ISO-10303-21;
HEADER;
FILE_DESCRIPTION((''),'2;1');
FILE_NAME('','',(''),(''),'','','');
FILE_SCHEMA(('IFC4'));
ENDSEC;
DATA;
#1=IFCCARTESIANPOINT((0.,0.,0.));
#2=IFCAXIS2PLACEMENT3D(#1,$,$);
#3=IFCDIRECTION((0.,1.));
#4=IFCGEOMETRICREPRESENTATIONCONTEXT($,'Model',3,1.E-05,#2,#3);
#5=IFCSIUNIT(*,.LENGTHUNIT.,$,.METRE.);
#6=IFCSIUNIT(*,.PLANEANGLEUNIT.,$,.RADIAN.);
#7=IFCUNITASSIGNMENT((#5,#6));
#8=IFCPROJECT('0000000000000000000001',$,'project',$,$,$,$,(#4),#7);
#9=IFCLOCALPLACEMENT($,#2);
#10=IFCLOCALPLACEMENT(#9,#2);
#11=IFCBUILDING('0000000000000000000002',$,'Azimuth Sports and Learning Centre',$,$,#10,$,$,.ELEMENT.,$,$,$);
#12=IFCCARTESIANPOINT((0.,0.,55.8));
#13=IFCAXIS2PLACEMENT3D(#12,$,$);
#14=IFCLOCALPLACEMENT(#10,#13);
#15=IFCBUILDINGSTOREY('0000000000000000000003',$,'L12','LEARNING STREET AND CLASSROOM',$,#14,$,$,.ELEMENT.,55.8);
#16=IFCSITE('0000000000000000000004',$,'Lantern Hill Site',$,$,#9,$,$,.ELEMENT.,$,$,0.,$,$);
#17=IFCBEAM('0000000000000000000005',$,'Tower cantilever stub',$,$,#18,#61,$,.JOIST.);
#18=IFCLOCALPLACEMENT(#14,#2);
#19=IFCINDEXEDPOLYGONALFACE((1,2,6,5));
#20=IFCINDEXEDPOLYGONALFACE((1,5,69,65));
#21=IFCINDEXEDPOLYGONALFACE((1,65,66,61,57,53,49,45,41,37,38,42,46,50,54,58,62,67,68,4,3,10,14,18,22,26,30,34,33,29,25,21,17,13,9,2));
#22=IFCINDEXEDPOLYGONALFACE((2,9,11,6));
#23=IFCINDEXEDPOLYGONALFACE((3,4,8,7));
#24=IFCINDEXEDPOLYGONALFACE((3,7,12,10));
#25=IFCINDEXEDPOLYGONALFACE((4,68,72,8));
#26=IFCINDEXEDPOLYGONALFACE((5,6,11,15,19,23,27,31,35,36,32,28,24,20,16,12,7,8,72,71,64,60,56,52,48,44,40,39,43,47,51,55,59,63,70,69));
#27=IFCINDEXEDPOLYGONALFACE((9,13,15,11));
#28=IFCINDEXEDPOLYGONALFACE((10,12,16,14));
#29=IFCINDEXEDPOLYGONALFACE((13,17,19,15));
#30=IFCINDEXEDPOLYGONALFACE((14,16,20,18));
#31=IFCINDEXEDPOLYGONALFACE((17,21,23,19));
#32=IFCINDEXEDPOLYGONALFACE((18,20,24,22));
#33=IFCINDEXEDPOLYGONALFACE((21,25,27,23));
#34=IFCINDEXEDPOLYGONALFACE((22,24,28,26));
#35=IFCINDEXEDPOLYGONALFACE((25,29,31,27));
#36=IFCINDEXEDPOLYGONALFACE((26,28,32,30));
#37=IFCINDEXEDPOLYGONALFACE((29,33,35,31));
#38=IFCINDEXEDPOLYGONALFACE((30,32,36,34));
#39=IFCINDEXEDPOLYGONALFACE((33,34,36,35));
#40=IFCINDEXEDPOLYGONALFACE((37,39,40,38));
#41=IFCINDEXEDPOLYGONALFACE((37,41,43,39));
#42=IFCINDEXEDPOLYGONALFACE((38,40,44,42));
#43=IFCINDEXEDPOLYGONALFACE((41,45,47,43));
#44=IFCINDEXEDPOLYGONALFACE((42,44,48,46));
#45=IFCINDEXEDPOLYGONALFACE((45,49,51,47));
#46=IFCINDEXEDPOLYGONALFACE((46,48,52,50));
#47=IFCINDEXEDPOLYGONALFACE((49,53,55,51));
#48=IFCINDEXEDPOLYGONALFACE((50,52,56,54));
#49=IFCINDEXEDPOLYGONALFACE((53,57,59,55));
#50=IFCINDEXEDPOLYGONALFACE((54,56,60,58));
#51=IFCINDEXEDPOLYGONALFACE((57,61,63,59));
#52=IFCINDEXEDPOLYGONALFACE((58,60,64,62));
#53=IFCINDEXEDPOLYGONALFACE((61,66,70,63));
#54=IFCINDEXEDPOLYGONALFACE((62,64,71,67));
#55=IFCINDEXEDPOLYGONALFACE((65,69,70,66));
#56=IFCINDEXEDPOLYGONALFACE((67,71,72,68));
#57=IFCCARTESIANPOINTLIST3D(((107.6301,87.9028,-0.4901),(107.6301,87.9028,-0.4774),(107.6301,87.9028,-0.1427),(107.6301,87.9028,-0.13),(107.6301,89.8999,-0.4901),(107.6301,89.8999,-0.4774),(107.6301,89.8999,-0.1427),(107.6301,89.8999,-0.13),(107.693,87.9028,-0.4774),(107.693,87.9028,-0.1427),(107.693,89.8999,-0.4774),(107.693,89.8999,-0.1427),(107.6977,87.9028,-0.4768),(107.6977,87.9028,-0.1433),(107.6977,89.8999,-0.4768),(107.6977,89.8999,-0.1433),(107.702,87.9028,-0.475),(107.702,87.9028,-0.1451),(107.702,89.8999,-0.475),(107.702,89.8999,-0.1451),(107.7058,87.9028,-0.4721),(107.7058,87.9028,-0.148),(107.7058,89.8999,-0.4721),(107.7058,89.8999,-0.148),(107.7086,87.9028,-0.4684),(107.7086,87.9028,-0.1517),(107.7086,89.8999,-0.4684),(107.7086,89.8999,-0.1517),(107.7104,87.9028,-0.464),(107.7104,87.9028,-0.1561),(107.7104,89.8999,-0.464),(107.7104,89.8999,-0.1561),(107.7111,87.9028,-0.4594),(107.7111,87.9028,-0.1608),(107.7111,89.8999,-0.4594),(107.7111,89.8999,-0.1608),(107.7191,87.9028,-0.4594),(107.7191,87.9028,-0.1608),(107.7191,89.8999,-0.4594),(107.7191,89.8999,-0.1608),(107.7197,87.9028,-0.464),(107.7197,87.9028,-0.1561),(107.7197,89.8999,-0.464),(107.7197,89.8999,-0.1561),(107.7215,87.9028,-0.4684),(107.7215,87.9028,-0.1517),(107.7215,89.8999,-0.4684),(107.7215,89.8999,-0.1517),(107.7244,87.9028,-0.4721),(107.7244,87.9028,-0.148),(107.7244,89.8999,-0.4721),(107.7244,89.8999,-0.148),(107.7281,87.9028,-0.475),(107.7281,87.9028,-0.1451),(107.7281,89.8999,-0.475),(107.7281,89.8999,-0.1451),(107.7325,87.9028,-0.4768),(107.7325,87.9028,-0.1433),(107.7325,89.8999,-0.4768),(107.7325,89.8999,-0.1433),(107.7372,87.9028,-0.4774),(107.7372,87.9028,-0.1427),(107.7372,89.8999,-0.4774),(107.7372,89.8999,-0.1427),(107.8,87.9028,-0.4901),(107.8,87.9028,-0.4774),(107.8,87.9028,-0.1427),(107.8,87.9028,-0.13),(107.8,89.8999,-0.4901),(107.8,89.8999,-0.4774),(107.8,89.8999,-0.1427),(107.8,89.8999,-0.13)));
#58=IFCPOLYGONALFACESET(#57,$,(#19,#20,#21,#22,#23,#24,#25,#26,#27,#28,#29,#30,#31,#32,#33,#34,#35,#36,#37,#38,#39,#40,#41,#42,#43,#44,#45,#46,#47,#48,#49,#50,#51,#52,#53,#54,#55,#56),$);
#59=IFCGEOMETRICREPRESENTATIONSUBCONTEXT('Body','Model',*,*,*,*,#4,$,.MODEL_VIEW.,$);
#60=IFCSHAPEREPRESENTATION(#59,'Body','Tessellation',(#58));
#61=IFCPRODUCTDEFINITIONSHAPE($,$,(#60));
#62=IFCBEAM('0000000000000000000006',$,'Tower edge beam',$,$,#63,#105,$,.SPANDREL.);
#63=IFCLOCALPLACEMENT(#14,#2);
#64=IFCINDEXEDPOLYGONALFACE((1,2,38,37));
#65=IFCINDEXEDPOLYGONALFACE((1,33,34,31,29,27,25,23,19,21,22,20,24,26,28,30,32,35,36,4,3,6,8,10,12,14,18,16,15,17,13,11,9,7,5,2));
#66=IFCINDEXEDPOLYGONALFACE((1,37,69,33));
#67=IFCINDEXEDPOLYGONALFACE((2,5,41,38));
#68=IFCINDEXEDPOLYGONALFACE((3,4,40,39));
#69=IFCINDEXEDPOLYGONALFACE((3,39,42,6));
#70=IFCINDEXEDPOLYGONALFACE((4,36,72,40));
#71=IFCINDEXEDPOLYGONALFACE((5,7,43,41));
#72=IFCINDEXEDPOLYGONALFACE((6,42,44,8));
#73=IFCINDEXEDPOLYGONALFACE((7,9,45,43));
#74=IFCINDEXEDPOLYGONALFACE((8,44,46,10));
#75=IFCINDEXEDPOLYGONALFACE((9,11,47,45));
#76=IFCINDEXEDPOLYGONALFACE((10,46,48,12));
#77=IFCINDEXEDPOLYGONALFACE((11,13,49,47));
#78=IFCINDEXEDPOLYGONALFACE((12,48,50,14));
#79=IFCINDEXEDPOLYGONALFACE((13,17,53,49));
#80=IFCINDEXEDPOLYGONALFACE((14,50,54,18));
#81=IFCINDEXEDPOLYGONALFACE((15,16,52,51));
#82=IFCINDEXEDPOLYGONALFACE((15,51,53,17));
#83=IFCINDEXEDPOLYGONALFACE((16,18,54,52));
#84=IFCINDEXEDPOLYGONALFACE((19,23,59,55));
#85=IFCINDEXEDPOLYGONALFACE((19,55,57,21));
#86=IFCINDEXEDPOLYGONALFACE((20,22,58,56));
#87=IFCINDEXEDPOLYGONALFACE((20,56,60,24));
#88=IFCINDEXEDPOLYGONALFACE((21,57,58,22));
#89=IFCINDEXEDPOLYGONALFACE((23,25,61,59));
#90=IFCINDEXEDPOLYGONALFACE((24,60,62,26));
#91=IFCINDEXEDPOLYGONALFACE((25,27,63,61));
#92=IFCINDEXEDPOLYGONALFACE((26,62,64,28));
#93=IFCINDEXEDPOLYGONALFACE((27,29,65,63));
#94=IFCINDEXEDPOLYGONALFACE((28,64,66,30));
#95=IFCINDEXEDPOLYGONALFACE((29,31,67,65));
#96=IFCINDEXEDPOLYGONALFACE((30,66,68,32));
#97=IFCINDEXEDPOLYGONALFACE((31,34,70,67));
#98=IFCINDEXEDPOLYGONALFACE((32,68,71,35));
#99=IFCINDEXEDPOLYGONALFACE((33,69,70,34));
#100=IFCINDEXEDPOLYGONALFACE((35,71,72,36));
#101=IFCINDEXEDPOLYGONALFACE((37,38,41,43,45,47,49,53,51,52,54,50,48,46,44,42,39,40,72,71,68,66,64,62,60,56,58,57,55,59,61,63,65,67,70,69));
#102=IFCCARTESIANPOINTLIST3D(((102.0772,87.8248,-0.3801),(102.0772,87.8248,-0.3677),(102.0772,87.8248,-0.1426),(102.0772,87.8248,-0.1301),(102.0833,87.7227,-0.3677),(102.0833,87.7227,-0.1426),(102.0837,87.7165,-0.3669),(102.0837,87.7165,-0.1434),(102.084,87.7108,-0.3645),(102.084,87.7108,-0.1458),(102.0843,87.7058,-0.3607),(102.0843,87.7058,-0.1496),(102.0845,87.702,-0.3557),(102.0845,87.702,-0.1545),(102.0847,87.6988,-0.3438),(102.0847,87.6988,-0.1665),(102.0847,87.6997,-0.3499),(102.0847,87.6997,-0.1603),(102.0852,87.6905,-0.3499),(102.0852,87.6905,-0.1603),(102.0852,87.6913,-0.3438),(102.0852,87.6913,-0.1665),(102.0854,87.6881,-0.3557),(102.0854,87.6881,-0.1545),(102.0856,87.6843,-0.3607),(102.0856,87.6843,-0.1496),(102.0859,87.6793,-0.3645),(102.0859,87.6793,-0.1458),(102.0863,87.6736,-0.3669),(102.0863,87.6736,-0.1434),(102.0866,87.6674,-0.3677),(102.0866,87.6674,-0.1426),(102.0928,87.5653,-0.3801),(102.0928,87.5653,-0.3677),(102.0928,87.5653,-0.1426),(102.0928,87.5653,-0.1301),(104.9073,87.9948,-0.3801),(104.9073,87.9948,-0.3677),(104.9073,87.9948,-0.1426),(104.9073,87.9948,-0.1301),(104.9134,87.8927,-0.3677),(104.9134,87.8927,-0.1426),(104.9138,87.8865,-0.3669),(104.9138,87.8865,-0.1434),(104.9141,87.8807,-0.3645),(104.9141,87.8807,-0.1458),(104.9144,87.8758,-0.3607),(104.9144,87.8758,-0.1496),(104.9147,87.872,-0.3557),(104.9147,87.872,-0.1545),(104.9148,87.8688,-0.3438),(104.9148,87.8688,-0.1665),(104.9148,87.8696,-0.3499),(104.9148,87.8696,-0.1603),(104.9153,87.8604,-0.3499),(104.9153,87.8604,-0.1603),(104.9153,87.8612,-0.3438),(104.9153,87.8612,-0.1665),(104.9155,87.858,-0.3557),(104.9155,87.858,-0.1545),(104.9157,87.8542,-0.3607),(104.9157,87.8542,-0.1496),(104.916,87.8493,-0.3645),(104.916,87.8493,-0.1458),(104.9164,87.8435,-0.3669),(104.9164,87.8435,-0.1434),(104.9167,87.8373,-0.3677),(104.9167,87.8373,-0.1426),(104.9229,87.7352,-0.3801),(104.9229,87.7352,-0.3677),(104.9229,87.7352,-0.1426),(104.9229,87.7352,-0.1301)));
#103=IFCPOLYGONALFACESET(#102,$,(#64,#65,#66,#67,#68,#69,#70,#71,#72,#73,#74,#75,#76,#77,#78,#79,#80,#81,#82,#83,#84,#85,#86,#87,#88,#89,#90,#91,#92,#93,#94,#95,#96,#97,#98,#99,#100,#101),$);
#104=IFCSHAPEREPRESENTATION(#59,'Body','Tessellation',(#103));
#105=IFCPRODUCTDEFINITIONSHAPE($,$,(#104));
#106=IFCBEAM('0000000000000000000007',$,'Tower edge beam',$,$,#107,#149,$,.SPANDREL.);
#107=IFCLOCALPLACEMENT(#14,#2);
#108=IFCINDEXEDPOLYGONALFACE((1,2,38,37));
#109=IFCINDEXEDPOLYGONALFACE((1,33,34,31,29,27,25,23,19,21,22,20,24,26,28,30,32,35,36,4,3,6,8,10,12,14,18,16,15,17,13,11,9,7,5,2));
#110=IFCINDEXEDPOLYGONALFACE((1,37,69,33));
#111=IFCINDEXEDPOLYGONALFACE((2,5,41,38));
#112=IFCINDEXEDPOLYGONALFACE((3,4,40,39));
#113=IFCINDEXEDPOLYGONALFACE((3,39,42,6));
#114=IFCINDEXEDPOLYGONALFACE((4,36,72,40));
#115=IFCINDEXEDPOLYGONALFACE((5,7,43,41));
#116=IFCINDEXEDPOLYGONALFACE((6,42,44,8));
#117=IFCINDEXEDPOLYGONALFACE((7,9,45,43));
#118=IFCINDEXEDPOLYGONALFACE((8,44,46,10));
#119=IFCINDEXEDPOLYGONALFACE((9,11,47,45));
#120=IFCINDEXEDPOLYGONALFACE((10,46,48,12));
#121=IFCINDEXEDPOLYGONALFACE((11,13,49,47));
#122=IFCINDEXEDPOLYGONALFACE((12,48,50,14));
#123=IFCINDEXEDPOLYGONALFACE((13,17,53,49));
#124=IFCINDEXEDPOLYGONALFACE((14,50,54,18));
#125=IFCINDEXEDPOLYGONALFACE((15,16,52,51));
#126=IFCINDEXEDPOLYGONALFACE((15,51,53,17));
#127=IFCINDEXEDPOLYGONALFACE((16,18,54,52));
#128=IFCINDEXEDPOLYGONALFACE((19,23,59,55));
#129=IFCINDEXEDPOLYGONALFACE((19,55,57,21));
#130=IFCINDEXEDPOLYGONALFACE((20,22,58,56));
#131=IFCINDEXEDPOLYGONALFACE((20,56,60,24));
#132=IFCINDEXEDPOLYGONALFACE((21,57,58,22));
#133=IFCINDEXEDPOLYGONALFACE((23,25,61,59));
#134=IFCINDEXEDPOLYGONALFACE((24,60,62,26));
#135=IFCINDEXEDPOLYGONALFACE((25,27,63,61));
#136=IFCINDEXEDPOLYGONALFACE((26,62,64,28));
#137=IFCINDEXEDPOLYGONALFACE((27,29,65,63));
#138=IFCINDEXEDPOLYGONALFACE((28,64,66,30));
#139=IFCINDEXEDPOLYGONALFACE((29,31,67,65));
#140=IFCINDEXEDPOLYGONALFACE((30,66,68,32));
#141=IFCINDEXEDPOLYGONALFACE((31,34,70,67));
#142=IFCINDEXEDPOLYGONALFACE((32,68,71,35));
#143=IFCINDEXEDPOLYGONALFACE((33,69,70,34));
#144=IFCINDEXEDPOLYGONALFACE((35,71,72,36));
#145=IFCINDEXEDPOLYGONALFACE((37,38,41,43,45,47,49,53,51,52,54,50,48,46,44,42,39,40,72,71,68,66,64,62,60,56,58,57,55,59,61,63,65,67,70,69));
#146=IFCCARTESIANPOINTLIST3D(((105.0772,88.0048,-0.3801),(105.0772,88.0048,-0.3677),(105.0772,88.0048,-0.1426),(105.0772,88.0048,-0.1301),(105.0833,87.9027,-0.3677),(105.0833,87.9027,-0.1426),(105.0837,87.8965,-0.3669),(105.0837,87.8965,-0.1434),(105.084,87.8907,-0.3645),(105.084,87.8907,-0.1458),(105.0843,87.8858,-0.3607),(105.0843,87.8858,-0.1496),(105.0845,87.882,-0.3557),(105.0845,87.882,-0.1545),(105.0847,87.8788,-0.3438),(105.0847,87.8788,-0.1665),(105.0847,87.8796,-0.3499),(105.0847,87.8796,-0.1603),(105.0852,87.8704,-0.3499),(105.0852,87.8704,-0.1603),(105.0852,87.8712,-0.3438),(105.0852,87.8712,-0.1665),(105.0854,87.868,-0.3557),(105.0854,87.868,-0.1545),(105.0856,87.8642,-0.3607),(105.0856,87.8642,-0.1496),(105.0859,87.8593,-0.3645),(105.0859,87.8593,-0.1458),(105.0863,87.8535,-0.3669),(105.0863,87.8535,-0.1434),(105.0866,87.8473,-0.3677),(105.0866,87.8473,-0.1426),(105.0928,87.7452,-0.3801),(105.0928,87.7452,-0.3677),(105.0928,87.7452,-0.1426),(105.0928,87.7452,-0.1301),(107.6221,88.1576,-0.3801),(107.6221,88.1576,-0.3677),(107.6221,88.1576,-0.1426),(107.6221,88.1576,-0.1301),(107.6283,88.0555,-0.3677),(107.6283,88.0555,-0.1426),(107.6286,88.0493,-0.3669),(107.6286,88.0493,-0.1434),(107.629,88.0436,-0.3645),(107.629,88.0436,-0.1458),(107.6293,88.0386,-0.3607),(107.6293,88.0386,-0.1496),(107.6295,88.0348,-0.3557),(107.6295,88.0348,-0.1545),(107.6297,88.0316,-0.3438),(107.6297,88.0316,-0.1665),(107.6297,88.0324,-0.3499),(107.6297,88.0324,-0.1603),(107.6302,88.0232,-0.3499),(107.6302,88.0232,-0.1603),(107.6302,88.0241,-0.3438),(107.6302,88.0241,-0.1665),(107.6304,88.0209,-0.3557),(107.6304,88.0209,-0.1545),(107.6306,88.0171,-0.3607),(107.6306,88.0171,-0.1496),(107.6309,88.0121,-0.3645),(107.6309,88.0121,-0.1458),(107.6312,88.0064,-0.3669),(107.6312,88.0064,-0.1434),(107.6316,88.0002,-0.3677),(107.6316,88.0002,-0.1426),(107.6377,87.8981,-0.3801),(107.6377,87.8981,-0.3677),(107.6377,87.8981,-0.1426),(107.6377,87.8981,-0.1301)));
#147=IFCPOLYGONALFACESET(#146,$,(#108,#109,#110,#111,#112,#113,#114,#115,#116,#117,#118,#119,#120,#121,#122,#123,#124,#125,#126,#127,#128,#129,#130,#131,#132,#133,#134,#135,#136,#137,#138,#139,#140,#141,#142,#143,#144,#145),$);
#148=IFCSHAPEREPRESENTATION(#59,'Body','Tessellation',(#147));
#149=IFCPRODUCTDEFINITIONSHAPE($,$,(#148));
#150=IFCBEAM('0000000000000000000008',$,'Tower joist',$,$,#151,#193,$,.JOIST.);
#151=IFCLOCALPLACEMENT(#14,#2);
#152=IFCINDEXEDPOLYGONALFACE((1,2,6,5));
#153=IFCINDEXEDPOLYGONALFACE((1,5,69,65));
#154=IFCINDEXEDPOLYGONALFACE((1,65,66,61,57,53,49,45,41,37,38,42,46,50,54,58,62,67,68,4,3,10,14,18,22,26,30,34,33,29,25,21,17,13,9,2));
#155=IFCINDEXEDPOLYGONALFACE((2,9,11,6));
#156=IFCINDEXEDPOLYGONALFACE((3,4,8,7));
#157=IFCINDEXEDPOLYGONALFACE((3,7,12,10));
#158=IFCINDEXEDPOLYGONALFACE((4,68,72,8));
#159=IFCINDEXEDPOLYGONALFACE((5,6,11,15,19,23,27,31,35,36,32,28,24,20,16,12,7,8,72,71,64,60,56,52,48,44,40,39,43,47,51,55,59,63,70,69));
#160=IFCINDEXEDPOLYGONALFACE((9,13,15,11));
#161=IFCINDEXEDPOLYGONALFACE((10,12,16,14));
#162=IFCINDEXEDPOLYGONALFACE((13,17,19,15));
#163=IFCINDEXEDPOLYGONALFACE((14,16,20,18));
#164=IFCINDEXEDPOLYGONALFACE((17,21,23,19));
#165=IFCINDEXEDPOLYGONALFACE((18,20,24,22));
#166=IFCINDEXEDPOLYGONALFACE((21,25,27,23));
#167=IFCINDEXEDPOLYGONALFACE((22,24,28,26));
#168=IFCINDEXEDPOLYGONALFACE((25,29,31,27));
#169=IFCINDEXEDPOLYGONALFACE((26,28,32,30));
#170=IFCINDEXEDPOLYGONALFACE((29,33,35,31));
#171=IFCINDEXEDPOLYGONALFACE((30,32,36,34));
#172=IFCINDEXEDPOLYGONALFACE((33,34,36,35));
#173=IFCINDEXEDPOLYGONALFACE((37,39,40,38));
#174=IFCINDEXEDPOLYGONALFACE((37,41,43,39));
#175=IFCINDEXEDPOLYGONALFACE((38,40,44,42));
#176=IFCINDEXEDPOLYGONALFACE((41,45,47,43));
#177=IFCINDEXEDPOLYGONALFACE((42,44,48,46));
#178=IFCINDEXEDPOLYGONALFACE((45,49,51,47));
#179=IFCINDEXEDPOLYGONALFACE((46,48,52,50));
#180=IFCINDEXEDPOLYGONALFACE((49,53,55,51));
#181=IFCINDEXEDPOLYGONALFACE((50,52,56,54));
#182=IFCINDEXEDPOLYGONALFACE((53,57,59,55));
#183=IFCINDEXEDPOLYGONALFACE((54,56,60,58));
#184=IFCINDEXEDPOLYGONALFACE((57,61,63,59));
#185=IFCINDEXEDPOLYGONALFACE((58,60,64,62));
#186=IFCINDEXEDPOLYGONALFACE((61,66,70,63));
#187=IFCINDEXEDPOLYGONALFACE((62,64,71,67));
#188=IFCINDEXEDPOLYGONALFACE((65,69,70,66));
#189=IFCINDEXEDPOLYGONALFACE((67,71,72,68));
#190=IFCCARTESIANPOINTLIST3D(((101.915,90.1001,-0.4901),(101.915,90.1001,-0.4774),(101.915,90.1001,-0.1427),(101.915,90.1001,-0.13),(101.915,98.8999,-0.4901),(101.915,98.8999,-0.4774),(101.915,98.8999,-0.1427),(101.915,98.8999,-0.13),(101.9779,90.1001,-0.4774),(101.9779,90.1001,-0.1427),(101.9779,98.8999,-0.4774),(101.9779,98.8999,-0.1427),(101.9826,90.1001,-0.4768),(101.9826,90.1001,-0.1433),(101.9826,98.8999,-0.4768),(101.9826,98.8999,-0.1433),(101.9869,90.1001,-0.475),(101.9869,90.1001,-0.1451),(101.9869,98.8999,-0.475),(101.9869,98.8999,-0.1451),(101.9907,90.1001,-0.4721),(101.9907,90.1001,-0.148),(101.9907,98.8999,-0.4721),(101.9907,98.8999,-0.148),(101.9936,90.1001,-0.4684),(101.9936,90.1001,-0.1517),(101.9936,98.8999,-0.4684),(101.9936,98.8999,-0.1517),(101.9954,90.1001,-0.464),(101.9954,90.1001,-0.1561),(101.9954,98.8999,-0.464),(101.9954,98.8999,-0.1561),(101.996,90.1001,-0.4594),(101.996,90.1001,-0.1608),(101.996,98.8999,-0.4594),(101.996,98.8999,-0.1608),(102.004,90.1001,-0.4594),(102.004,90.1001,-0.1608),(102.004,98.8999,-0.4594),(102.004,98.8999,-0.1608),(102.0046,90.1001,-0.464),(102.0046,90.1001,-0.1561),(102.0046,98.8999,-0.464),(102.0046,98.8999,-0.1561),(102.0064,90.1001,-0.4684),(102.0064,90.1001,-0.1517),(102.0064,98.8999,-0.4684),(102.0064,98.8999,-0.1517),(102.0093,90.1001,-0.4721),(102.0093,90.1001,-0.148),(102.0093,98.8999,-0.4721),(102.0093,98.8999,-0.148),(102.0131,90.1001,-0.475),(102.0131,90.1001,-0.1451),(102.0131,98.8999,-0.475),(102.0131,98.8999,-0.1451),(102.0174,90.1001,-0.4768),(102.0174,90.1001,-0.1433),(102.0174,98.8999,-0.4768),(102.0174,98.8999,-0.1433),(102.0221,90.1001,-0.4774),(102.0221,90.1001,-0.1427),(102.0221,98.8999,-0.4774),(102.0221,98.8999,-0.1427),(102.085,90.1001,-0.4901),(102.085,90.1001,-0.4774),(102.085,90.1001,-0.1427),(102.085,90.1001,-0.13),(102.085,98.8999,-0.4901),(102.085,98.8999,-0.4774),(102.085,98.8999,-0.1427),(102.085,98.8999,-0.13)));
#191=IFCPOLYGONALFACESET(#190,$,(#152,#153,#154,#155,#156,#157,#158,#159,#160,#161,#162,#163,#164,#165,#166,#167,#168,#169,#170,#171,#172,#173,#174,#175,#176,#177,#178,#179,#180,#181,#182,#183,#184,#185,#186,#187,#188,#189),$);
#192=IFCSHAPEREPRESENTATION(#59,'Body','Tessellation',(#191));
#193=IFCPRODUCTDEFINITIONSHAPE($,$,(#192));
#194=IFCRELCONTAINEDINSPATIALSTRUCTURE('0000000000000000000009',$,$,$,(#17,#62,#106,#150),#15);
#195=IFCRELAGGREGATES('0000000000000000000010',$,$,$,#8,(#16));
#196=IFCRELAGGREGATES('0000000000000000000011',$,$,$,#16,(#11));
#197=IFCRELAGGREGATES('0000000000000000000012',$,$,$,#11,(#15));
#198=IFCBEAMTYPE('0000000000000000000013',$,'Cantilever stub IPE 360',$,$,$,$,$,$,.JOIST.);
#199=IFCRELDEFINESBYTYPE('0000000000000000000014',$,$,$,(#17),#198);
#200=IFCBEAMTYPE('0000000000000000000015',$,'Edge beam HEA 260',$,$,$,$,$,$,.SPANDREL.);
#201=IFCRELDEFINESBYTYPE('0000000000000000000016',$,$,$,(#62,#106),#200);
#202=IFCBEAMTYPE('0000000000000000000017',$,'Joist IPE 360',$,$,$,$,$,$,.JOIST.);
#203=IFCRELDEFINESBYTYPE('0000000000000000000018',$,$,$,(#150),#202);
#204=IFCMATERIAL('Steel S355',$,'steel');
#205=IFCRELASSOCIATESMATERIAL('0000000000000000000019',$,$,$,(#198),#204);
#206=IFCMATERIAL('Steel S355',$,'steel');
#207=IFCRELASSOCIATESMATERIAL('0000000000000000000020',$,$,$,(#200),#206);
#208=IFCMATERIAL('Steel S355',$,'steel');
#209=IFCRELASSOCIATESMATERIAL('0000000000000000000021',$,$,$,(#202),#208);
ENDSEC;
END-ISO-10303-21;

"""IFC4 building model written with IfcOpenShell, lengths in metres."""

from ifc_helpers import new_model, si_unit, direction, frame, origin, origin_2d, place, context, subcontext, project, spatial, i_section, extrude, material, material_profile, profile_set, type_object, element, save


model = new_model("IFC4")

# Units and contexts
model_context = context("Model", 3, precision=1e-05, world=origin(), true_north=direction((0.0, 1.0)))
body_context = subcontext(model_context, "Body", "Model", "MODEL_VIEW")
ifc_project = project(units=[si_unit("LENGTHUNIT", "METRE"), si_unit("PLANEANGLEUNIT", "RADIAN")], contexts=[model_context])

# Site, building, storey
site_placement = place(None, origin())
site = spatial("IfcSite", under=ifc_project, at=site_placement, Name="Lantern Hill Site", CompositionType="ELEMENT", RefElevation=0.0)
building_placement = place(site_placement, origin())
building = spatial("IfcBuilding", under=site, at=building_placement, Name="Azimuth Sports and Learning Centre", CompositionType="ELEMENT")
storey_placement = place(building_placement, frame((0.0, 0.0, 55.8)))
storey = spatial("IfcBuildingStorey", under=building, at=storey_placement, Name="L12", Description="LEARNING STREET AND CLASSROOM", CompositionType="ELEMENT", Elevation=55.8)

# Beams
ifc_material_1 = material(Name="Steel S355", Category="steel")
ifc_material_profile_1 = material_profile(ifc_material_1, i_section(OverallWidth=0.1699, OverallDepth=0.3601, WebThickness=0.0081, FlangeThickness=0.0127, FilletRadius=0.0181, at=origin_2d()), Name="IPE 360")
ifc_profile_set_1 = profile_set([ifc_material_profile_1], Name="Steel S355")
beam_type_1 = type_object("IfcBeamType", Name="Cantilever stub IPE 360", PredefinedType="JOIST", material=ifc_profile_set_1)
beam_1_placement = place(storey_placement, frame((107.7151, 89.8999, -0.3101), z_axis=(0.0, -1.0, 0.0), x_axis=(1.0, 0.0, 0.0)))
element("IfcBeam", 1, at=beam_1_placement, inside=storey, type_object=beam_type_1, Name="Tower cantilever stub", PredefinedType="JOIST", context=body_context, shape_type="SweptSolid", body=[
    extrude(i_section(OverallWidth=0.1699, OverallDepth=0.3601, WebThickness=0.0081, FlangeThickness=0.0127, FilletRadius=0.0181, at=origin_2d()), origin(), (0.0, 0.0, 1.0), 1.9971),
])
ifc_material_2 = material(Name="Steel S355", Category="steel")
ifc_material_profile_2 = material_profile(ifc_material_2, i_section(OverallWidth=0.26, OverallDepth=0.25, WebThickness=0.0076, FlangeThickness=0.0125, FilletRadius=0.0239, at=origin_2d()), Name="HEA 260")
ifc_profile_set_2 = profile_set([ifc_material_profile_2], Name="Steel S355")
beam_type_2 = type_object("IfcBeamType", Name="Edge beam HEA 260", PredefinedType="SPANDREL", material=ifc_profile_set_2)
beam_2_placement = place(storey_placement, frame((102.085, 87.6951, -0.2551), z_axis=(0.998202, 0.059933, 0.0), x_axis=(-0.059933, 0.998202, 0.0)))
element("IfcBeam", 2, at=beam_2_placement, inside=storey, type_object=beam_type_2, Name="Tower edge beam", PredefinedType="SPANDREL", context=body_context, shape_type="SweptSolid", body=[
    extrude(i_section(OverallWidth=0.26, OverallDepth=0.25, WebThickness=0.0076, FlangeThickness=0.0125, FilletRadius=0.0239, at=origin_2d()), origin(), (0.0, 0.0, 1.0), 2.8352),
])
beam_3_placement = place(storey_placement, frame((105.085, 87.875, -0.2551), z_axis=(0.998202, 0.059946, 0.0), x_axis=(-0.059946, 0.998202, 0.0)))
element("IfcBeam", 3, at=beam_3_placement, inside=storey, type_object=beam_type_2, Name="Tower edge beam", PredefinedType="SPANDREL", context=body_context, shape_type="SweptSolid", body=[
    extrude(i_section(OverallWidth=0.26, OverallDepth=0.25, WebThickness=0.0076, FlangeThickness=0.0125, FilletRadius=0.0239, at=origin_2d()), origin(), (0.0, 0.0, 1.0), 2.5496),
])
ifc_material_3 = material(Name="Steel S355", Category="steel")
ifc_material_profile_3 = material_profile(ifc_material_3, i_section(OverallWidth=0.1699, OverallDepth=0.3601, WebThickness=0.0081, FlangeThickness=0.0127, FilletRadius=0.0181, at=origin_2d()), Name="IPE 360")
ifc_profile_set_3 = profile_set([ifc_material_profile_3], Name="Steel S355")
beam_type_3 = type_object("IfcBeamType", Name="Joist IPE 360", PredefinedType="JOIST", material=ifc_profile_set_3)
for number, where, z_axis, x_axis, name in (
    (4, (102.0, 90.1001, -0.3101), (0.0, 1.0, 0.0), (-1.0, 0.0, 0.0), "Tower joist"),
):
    element("IfcBeam", number, at=place(storey_placement, frame(where, z_axis=z_axis, x_axis=x_axis)), inside=storey, type_object=beam_type_3, Name=name, PredefinedType="JOIST", context=body_context, shape_type="SweptSolid", body=[
        extrude(i_section(OverallWidth=0.1699, OverallDepth=0.3601, WebThickness=0.0081, FlangeThickness=0.0127, FilletRadius=0.0181, at=origin_2d()), origin(), (0.0, 0.0, 1.0), 8.7998),
    ])

save(model, "model.ifc")
